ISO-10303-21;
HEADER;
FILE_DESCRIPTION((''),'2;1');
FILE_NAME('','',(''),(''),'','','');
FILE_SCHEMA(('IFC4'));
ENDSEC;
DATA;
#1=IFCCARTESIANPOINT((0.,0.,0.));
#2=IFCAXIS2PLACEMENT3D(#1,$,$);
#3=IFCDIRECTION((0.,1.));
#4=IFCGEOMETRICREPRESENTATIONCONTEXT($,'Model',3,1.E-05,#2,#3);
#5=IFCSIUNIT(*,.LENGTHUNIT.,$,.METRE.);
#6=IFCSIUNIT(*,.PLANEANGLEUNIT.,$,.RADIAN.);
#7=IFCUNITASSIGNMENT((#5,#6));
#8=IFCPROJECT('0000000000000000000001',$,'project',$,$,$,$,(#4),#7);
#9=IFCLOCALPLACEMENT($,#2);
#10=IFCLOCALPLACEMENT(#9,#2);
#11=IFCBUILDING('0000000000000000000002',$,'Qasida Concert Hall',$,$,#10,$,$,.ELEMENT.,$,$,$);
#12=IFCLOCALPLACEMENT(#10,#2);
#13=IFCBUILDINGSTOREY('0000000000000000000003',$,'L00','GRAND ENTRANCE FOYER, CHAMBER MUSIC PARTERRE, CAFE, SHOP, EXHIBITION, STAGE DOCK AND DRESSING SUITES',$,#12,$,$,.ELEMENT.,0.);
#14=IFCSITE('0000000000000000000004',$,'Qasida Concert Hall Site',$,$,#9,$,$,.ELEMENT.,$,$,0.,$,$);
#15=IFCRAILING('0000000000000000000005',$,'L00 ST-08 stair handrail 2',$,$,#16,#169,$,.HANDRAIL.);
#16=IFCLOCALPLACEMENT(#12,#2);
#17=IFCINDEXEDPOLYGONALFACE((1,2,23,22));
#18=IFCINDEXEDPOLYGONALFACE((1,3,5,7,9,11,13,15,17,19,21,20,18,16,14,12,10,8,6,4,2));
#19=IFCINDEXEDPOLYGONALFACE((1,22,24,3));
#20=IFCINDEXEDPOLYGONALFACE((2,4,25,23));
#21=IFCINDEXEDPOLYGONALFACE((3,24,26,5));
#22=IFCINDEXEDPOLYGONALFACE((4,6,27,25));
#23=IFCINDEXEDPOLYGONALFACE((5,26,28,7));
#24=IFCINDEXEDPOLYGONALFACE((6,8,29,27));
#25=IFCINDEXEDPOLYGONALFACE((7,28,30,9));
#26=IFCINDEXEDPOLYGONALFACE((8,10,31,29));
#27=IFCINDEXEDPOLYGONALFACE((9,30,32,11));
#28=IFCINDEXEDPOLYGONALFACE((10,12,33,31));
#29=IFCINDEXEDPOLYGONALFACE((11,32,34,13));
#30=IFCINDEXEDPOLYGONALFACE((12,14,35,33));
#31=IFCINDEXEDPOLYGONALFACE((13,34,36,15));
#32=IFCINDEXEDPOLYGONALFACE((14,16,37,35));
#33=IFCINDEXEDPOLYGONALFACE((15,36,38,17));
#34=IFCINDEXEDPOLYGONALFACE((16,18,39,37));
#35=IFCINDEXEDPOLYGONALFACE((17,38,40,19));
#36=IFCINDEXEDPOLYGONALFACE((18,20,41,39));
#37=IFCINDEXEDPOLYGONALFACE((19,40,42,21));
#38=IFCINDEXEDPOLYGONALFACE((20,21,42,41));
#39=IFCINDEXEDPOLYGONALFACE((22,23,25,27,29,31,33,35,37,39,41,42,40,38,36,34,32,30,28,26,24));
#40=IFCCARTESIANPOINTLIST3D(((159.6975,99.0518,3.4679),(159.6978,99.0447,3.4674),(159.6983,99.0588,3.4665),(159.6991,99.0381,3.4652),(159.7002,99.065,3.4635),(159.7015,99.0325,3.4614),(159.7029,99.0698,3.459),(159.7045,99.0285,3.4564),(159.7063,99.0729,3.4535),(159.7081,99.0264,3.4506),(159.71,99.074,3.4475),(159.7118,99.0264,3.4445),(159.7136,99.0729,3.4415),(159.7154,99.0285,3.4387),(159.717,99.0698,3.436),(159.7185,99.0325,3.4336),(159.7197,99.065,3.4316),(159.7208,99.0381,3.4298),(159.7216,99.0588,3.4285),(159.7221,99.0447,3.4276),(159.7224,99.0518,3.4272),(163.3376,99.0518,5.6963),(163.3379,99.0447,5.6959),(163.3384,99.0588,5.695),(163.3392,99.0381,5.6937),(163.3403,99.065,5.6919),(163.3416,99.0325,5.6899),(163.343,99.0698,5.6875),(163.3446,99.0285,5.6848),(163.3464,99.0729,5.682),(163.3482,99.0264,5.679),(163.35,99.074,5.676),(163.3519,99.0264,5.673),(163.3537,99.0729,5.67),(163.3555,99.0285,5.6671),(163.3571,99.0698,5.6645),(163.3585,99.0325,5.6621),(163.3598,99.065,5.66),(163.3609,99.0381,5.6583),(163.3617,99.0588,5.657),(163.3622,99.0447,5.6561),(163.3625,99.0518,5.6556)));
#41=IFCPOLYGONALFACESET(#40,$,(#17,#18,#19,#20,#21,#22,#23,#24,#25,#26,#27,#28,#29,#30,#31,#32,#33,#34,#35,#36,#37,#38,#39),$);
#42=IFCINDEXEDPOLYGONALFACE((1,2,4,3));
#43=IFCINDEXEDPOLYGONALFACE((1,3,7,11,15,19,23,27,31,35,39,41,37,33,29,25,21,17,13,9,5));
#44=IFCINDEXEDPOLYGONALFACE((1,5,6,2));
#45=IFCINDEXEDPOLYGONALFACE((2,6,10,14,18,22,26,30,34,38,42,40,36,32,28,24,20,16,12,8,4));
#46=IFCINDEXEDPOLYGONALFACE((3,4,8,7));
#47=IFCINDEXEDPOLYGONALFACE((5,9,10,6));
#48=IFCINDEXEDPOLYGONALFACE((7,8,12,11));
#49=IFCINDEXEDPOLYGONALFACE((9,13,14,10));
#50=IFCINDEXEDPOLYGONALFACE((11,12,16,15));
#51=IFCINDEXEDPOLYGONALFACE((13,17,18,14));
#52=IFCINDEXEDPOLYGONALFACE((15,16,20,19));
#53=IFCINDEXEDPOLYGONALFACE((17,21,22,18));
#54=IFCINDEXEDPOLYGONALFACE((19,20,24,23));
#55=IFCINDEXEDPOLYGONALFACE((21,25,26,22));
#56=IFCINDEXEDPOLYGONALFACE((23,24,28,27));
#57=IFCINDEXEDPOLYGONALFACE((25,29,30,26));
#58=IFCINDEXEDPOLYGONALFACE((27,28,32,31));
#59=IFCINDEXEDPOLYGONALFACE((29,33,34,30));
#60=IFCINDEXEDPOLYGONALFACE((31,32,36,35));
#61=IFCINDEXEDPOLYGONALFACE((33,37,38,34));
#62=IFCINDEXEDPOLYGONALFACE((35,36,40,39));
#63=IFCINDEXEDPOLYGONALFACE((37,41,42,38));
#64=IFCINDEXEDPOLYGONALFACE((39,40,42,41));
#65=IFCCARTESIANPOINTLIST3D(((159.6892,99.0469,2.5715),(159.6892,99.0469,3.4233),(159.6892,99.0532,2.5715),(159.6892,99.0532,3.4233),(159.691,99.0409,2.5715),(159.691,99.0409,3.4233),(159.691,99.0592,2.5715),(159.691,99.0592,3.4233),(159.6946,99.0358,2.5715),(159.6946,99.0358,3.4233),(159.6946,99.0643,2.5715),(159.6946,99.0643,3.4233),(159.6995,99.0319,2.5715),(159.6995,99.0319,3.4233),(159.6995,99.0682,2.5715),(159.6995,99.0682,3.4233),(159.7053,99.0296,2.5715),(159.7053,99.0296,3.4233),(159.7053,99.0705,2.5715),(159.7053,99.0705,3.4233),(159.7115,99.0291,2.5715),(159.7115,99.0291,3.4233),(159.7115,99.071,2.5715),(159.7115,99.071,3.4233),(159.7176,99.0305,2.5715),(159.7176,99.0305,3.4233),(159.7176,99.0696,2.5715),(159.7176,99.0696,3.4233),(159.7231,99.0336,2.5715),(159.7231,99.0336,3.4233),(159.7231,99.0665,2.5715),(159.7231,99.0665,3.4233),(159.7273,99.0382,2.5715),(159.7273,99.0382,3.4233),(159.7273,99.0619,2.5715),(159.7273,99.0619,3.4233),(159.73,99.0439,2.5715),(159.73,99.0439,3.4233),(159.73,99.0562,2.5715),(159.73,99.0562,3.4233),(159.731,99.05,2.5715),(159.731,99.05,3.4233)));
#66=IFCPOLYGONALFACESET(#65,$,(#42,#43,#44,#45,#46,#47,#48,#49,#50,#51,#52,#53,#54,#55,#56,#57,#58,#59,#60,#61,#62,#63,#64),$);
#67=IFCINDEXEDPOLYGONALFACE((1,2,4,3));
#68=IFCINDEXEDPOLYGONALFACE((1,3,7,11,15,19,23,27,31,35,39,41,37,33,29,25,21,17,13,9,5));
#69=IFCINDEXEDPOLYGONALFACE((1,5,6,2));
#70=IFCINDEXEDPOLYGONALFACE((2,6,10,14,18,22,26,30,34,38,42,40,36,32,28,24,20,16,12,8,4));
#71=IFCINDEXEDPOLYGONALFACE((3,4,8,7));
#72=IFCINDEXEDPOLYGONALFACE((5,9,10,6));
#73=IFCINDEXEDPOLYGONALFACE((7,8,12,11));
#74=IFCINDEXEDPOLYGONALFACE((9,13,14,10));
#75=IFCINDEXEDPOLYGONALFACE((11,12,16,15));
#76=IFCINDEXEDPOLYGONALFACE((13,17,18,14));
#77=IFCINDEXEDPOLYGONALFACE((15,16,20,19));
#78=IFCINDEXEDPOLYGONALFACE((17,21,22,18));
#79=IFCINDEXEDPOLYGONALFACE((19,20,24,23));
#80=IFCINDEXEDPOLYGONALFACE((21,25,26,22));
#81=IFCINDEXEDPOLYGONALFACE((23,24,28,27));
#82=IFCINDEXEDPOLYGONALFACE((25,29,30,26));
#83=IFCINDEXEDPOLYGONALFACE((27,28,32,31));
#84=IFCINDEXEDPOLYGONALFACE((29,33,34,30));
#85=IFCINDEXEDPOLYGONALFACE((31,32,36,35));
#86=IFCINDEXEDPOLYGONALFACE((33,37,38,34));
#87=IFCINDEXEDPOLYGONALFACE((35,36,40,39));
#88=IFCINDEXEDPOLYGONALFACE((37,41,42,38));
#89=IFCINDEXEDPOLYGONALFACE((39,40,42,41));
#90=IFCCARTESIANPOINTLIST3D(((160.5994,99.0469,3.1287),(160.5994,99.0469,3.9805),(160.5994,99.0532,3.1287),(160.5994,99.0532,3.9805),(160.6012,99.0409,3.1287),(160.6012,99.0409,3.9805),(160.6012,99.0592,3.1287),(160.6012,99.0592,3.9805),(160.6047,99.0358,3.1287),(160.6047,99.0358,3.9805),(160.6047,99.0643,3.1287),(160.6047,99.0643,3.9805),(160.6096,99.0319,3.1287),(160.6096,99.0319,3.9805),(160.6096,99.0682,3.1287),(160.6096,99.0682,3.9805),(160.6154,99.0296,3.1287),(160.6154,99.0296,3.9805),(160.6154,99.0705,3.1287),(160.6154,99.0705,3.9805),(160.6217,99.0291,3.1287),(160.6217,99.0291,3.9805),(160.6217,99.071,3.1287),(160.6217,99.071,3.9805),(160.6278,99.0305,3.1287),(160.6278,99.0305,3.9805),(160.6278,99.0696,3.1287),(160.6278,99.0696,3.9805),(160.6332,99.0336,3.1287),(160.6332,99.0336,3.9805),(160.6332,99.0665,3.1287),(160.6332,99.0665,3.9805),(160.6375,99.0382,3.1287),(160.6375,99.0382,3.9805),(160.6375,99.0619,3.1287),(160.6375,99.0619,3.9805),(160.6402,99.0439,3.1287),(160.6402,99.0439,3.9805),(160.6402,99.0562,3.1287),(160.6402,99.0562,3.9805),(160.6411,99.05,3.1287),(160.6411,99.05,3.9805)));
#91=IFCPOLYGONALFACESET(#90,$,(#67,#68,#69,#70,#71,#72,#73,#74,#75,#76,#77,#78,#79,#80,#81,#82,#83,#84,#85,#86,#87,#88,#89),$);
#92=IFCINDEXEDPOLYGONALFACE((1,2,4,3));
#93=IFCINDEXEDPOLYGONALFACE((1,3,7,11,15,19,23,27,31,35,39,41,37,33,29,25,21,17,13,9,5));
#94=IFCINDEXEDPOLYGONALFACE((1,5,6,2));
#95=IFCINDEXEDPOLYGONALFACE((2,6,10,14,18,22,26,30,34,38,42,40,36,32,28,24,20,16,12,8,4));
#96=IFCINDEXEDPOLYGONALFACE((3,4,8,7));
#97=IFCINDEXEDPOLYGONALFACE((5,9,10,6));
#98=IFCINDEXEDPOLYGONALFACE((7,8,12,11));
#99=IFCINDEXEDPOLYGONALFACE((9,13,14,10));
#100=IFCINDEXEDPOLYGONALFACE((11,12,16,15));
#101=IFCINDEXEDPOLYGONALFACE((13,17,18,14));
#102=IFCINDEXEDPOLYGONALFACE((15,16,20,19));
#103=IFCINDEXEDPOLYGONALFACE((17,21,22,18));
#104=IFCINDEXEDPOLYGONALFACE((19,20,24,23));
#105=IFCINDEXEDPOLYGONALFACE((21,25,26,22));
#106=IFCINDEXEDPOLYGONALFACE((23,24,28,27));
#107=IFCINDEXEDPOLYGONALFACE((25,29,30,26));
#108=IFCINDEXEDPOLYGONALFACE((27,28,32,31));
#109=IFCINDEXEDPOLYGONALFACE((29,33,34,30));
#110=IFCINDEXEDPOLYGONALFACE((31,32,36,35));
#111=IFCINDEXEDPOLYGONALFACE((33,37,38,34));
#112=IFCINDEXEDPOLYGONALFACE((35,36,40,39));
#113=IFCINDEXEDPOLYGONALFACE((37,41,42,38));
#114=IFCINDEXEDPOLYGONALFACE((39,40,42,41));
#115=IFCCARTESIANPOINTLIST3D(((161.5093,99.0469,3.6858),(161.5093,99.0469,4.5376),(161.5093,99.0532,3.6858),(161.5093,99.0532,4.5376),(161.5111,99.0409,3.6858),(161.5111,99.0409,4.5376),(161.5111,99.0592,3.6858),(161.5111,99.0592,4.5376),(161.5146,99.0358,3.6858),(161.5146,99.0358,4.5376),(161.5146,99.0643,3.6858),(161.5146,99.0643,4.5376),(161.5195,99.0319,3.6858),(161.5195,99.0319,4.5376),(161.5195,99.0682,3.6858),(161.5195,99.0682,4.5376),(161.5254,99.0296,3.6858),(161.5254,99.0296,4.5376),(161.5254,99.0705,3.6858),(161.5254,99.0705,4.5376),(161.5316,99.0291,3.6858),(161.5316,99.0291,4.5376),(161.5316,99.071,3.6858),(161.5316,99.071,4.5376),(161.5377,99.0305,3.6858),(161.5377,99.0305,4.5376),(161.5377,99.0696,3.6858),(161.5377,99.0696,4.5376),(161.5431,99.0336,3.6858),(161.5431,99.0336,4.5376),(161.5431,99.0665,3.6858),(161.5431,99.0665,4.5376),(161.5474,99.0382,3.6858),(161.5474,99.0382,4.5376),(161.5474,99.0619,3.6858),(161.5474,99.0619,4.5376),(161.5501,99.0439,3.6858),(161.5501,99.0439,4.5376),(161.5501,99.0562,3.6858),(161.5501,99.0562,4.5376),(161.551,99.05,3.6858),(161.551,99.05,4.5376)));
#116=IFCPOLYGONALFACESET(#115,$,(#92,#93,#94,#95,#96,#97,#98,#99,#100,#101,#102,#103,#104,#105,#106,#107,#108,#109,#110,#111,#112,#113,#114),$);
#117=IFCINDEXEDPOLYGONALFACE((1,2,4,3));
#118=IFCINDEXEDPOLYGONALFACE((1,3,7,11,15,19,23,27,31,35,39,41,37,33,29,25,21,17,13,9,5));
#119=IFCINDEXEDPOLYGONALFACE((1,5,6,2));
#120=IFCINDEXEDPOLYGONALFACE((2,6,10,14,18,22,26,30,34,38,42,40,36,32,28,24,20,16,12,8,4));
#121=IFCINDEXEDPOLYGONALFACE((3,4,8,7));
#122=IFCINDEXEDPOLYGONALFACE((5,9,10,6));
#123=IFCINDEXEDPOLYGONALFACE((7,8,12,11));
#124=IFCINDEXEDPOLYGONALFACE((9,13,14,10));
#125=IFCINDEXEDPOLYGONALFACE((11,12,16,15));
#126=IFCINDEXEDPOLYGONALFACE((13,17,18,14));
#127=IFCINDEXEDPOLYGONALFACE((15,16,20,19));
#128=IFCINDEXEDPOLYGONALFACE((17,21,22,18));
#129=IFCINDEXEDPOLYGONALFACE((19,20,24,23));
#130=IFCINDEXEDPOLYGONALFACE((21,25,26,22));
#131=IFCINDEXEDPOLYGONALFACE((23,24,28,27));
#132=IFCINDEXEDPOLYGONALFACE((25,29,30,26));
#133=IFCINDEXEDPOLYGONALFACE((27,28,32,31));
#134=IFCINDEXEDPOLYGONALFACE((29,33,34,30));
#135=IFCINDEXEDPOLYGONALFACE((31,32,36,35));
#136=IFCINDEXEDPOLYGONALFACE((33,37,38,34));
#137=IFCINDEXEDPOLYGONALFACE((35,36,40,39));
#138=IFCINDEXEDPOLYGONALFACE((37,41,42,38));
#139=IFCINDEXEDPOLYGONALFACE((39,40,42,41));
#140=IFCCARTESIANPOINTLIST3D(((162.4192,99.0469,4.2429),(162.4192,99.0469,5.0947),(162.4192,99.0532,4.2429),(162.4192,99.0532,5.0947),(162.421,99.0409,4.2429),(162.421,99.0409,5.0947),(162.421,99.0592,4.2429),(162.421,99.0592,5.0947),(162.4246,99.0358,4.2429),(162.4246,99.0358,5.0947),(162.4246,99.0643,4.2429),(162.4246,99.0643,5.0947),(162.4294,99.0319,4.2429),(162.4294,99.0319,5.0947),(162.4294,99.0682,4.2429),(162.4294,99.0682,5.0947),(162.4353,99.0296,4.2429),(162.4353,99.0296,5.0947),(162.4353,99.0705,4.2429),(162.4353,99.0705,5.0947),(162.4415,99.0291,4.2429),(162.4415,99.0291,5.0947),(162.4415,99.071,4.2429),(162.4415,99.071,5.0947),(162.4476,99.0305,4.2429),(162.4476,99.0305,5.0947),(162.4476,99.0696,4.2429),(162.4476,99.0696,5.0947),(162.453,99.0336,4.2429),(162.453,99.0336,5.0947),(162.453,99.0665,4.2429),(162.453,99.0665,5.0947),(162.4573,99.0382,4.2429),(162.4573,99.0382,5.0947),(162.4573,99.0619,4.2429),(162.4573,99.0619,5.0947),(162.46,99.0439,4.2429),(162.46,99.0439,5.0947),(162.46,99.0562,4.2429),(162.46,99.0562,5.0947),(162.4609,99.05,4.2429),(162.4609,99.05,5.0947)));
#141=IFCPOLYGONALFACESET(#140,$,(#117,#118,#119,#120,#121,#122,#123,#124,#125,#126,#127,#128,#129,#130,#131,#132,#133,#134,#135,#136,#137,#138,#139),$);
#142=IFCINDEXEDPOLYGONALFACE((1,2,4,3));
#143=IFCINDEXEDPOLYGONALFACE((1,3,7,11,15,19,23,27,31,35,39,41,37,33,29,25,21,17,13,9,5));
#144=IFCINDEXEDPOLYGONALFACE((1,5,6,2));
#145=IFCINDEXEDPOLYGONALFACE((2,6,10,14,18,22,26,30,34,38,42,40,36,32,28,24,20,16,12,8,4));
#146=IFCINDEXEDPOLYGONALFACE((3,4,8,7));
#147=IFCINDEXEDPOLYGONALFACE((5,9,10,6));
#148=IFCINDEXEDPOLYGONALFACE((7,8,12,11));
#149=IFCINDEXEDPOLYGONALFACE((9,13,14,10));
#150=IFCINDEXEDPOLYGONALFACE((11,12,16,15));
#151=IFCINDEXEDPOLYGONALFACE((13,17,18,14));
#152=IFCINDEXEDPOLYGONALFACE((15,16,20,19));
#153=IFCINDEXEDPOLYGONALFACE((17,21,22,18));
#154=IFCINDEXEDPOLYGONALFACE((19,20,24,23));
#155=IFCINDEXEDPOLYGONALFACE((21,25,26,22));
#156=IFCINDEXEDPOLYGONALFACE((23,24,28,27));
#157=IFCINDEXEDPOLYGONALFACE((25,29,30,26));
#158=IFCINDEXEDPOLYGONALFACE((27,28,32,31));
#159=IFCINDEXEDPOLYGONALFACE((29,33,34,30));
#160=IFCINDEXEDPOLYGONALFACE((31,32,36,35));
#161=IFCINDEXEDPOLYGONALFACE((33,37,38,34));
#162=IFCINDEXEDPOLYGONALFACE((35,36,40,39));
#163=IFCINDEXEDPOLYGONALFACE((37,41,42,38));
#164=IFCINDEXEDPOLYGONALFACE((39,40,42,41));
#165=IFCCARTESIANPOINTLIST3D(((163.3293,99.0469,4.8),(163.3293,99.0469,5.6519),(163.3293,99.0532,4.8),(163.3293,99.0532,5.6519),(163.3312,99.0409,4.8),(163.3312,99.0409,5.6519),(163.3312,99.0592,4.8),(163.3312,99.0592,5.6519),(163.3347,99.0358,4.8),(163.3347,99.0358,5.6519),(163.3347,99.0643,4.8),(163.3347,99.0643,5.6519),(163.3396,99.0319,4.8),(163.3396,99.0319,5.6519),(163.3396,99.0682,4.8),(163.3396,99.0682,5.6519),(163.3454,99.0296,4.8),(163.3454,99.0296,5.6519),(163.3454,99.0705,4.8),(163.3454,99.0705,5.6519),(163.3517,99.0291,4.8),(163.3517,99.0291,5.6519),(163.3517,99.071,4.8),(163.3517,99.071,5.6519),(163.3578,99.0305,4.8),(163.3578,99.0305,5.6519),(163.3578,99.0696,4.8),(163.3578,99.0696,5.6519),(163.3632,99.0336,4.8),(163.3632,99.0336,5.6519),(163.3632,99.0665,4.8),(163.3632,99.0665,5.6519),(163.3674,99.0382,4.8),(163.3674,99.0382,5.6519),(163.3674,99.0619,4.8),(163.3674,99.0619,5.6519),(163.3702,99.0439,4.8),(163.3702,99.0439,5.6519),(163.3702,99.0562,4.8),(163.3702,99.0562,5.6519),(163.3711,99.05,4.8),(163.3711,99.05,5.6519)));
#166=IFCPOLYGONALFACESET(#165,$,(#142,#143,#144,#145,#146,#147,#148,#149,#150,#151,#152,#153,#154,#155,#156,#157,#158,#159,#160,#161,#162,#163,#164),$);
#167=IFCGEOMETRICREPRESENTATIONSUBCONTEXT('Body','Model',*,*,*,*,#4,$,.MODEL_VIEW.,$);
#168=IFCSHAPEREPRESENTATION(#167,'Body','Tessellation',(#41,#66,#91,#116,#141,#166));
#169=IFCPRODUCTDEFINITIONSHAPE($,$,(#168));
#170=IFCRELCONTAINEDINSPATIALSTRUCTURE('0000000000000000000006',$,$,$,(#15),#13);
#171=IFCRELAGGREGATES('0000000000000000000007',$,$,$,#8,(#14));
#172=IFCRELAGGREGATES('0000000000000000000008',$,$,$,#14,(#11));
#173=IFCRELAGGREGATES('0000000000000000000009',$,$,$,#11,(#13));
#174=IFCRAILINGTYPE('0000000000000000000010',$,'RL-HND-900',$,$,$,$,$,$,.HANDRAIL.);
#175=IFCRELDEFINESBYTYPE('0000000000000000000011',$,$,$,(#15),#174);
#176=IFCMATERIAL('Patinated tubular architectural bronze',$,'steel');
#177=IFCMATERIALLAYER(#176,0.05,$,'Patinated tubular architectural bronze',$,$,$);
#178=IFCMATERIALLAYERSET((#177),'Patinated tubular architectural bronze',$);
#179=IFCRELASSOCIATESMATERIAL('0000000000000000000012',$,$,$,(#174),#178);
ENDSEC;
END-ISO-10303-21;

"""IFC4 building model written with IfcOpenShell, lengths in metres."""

from ifc_helpers import new_model, si_unit, direction, frame, origin, origin_2d, place, context, subcontext, project, spatial, circle, extrude, material, layer, layer_set, type_object, element, save


model = new_model("IFC4")

# Units and contexts
model_context = context("Model", 3, precision=1e-05, world=origin(), true_north=direction((0.0, 1.0)))
body_context = subcontext(model_context, "Body", "Model", "MODEL_VIEW")
ifc_project = project(units=[si_unit("LENGTHUNIT", "METRE"), si_unit("PLANEANGLEUNIT", "RADIAN")], contexts=[model_context])

# Site, building, storey
site_placement = place(None, origin())
site = spatial("IfcSite", under=ifc_project, at=site_placement, Name="Qasida Concert Hall Site", CompositionType="ELEMENT", RefElevation=0.0)
building_placement = place(site_placement, origin())
building = spatial("IfcBuilding", under=site, at=building_placement, Name="Qasida Concert Hall", CompositionType="ELEMENT")
storey_placement = place(building_placement, origin())
storey = spatial("IfcBuildingStorey", under=building, at=storey_placement, Name="L00", Description="GRAND ENTRANCE FOYER, CHAMBER MUSIC PARTERRE, CAFE, SHOP, EXHIBITION, STAGE DOCK AND DRESSING SUITES", CompositionType="ELEMENT", Elevation=0.0)

# Railing
ifc_material_1 = material(Name="Patinated tubular architectural bronze", Category="steel")
ifc_layer_1 = layer(ifc_material_1, 0.05, Name="Patinated tubular architectural bronze")
ifc_layer_set_1 = layer_set([ifc_layer_1], Name="Patinated tubular architectural bronze")
railing_type_1 = type_object("IfcRailingType", Name="RL-HND-900", PredefinedType="HANDRAIL", material=ifc_layer_set_1)
railing_1_placement = place(storey_placement, frame((159.71, 99.05, 2.5715)))
element("IfcRailing", 1, at=railing_1_placement, inside=storey, type_object=railing_type_1, Name="L00 ST-08 stair handrail 2", PredefinedType="HANDRAIL", context=body_context, shape_type="SweptSolid", body=[
    extrude(circle(Radius=0.0239, at=origin_2d()), frame((0.0, 0.0, 0.876), z_axis=(0.852866, 0.0, 0.52213), x_axis=(0.0, 1.0, 0.0)), (0.0, 0.0, 1.0), 4.2681),
    extrude(circle(Radius=0.021, at=origin_2d()), origin(), (0.0, 0.0, 1.0), 0.8518),
    extrude(circle(Radius=0.021, at=origin_2d()), frame((0.9102, 0.0, 0.5571)), (0.0, 0.0, 1.0), 0.8518),
    extrude(circle(Radius=0.021, at=origin_2d()), frame((1.8201, 0.0, 1.1143)), (0.0, 0.0, 1.0), 0.8518),
    extrude(circle(Radius=0.021, at=origin_2d()), frame((2.73, 0.0, 1.6714)), (0.0, 0.0, 1.0), 0.8518),
    extrude(circle(Radius=0.021, at=origin_2d()), frame((3.6401, 0.0, 2.2285)), (0.0, 0.0, 1.0), 0.8518),
])

save(model, "model.ifc")
